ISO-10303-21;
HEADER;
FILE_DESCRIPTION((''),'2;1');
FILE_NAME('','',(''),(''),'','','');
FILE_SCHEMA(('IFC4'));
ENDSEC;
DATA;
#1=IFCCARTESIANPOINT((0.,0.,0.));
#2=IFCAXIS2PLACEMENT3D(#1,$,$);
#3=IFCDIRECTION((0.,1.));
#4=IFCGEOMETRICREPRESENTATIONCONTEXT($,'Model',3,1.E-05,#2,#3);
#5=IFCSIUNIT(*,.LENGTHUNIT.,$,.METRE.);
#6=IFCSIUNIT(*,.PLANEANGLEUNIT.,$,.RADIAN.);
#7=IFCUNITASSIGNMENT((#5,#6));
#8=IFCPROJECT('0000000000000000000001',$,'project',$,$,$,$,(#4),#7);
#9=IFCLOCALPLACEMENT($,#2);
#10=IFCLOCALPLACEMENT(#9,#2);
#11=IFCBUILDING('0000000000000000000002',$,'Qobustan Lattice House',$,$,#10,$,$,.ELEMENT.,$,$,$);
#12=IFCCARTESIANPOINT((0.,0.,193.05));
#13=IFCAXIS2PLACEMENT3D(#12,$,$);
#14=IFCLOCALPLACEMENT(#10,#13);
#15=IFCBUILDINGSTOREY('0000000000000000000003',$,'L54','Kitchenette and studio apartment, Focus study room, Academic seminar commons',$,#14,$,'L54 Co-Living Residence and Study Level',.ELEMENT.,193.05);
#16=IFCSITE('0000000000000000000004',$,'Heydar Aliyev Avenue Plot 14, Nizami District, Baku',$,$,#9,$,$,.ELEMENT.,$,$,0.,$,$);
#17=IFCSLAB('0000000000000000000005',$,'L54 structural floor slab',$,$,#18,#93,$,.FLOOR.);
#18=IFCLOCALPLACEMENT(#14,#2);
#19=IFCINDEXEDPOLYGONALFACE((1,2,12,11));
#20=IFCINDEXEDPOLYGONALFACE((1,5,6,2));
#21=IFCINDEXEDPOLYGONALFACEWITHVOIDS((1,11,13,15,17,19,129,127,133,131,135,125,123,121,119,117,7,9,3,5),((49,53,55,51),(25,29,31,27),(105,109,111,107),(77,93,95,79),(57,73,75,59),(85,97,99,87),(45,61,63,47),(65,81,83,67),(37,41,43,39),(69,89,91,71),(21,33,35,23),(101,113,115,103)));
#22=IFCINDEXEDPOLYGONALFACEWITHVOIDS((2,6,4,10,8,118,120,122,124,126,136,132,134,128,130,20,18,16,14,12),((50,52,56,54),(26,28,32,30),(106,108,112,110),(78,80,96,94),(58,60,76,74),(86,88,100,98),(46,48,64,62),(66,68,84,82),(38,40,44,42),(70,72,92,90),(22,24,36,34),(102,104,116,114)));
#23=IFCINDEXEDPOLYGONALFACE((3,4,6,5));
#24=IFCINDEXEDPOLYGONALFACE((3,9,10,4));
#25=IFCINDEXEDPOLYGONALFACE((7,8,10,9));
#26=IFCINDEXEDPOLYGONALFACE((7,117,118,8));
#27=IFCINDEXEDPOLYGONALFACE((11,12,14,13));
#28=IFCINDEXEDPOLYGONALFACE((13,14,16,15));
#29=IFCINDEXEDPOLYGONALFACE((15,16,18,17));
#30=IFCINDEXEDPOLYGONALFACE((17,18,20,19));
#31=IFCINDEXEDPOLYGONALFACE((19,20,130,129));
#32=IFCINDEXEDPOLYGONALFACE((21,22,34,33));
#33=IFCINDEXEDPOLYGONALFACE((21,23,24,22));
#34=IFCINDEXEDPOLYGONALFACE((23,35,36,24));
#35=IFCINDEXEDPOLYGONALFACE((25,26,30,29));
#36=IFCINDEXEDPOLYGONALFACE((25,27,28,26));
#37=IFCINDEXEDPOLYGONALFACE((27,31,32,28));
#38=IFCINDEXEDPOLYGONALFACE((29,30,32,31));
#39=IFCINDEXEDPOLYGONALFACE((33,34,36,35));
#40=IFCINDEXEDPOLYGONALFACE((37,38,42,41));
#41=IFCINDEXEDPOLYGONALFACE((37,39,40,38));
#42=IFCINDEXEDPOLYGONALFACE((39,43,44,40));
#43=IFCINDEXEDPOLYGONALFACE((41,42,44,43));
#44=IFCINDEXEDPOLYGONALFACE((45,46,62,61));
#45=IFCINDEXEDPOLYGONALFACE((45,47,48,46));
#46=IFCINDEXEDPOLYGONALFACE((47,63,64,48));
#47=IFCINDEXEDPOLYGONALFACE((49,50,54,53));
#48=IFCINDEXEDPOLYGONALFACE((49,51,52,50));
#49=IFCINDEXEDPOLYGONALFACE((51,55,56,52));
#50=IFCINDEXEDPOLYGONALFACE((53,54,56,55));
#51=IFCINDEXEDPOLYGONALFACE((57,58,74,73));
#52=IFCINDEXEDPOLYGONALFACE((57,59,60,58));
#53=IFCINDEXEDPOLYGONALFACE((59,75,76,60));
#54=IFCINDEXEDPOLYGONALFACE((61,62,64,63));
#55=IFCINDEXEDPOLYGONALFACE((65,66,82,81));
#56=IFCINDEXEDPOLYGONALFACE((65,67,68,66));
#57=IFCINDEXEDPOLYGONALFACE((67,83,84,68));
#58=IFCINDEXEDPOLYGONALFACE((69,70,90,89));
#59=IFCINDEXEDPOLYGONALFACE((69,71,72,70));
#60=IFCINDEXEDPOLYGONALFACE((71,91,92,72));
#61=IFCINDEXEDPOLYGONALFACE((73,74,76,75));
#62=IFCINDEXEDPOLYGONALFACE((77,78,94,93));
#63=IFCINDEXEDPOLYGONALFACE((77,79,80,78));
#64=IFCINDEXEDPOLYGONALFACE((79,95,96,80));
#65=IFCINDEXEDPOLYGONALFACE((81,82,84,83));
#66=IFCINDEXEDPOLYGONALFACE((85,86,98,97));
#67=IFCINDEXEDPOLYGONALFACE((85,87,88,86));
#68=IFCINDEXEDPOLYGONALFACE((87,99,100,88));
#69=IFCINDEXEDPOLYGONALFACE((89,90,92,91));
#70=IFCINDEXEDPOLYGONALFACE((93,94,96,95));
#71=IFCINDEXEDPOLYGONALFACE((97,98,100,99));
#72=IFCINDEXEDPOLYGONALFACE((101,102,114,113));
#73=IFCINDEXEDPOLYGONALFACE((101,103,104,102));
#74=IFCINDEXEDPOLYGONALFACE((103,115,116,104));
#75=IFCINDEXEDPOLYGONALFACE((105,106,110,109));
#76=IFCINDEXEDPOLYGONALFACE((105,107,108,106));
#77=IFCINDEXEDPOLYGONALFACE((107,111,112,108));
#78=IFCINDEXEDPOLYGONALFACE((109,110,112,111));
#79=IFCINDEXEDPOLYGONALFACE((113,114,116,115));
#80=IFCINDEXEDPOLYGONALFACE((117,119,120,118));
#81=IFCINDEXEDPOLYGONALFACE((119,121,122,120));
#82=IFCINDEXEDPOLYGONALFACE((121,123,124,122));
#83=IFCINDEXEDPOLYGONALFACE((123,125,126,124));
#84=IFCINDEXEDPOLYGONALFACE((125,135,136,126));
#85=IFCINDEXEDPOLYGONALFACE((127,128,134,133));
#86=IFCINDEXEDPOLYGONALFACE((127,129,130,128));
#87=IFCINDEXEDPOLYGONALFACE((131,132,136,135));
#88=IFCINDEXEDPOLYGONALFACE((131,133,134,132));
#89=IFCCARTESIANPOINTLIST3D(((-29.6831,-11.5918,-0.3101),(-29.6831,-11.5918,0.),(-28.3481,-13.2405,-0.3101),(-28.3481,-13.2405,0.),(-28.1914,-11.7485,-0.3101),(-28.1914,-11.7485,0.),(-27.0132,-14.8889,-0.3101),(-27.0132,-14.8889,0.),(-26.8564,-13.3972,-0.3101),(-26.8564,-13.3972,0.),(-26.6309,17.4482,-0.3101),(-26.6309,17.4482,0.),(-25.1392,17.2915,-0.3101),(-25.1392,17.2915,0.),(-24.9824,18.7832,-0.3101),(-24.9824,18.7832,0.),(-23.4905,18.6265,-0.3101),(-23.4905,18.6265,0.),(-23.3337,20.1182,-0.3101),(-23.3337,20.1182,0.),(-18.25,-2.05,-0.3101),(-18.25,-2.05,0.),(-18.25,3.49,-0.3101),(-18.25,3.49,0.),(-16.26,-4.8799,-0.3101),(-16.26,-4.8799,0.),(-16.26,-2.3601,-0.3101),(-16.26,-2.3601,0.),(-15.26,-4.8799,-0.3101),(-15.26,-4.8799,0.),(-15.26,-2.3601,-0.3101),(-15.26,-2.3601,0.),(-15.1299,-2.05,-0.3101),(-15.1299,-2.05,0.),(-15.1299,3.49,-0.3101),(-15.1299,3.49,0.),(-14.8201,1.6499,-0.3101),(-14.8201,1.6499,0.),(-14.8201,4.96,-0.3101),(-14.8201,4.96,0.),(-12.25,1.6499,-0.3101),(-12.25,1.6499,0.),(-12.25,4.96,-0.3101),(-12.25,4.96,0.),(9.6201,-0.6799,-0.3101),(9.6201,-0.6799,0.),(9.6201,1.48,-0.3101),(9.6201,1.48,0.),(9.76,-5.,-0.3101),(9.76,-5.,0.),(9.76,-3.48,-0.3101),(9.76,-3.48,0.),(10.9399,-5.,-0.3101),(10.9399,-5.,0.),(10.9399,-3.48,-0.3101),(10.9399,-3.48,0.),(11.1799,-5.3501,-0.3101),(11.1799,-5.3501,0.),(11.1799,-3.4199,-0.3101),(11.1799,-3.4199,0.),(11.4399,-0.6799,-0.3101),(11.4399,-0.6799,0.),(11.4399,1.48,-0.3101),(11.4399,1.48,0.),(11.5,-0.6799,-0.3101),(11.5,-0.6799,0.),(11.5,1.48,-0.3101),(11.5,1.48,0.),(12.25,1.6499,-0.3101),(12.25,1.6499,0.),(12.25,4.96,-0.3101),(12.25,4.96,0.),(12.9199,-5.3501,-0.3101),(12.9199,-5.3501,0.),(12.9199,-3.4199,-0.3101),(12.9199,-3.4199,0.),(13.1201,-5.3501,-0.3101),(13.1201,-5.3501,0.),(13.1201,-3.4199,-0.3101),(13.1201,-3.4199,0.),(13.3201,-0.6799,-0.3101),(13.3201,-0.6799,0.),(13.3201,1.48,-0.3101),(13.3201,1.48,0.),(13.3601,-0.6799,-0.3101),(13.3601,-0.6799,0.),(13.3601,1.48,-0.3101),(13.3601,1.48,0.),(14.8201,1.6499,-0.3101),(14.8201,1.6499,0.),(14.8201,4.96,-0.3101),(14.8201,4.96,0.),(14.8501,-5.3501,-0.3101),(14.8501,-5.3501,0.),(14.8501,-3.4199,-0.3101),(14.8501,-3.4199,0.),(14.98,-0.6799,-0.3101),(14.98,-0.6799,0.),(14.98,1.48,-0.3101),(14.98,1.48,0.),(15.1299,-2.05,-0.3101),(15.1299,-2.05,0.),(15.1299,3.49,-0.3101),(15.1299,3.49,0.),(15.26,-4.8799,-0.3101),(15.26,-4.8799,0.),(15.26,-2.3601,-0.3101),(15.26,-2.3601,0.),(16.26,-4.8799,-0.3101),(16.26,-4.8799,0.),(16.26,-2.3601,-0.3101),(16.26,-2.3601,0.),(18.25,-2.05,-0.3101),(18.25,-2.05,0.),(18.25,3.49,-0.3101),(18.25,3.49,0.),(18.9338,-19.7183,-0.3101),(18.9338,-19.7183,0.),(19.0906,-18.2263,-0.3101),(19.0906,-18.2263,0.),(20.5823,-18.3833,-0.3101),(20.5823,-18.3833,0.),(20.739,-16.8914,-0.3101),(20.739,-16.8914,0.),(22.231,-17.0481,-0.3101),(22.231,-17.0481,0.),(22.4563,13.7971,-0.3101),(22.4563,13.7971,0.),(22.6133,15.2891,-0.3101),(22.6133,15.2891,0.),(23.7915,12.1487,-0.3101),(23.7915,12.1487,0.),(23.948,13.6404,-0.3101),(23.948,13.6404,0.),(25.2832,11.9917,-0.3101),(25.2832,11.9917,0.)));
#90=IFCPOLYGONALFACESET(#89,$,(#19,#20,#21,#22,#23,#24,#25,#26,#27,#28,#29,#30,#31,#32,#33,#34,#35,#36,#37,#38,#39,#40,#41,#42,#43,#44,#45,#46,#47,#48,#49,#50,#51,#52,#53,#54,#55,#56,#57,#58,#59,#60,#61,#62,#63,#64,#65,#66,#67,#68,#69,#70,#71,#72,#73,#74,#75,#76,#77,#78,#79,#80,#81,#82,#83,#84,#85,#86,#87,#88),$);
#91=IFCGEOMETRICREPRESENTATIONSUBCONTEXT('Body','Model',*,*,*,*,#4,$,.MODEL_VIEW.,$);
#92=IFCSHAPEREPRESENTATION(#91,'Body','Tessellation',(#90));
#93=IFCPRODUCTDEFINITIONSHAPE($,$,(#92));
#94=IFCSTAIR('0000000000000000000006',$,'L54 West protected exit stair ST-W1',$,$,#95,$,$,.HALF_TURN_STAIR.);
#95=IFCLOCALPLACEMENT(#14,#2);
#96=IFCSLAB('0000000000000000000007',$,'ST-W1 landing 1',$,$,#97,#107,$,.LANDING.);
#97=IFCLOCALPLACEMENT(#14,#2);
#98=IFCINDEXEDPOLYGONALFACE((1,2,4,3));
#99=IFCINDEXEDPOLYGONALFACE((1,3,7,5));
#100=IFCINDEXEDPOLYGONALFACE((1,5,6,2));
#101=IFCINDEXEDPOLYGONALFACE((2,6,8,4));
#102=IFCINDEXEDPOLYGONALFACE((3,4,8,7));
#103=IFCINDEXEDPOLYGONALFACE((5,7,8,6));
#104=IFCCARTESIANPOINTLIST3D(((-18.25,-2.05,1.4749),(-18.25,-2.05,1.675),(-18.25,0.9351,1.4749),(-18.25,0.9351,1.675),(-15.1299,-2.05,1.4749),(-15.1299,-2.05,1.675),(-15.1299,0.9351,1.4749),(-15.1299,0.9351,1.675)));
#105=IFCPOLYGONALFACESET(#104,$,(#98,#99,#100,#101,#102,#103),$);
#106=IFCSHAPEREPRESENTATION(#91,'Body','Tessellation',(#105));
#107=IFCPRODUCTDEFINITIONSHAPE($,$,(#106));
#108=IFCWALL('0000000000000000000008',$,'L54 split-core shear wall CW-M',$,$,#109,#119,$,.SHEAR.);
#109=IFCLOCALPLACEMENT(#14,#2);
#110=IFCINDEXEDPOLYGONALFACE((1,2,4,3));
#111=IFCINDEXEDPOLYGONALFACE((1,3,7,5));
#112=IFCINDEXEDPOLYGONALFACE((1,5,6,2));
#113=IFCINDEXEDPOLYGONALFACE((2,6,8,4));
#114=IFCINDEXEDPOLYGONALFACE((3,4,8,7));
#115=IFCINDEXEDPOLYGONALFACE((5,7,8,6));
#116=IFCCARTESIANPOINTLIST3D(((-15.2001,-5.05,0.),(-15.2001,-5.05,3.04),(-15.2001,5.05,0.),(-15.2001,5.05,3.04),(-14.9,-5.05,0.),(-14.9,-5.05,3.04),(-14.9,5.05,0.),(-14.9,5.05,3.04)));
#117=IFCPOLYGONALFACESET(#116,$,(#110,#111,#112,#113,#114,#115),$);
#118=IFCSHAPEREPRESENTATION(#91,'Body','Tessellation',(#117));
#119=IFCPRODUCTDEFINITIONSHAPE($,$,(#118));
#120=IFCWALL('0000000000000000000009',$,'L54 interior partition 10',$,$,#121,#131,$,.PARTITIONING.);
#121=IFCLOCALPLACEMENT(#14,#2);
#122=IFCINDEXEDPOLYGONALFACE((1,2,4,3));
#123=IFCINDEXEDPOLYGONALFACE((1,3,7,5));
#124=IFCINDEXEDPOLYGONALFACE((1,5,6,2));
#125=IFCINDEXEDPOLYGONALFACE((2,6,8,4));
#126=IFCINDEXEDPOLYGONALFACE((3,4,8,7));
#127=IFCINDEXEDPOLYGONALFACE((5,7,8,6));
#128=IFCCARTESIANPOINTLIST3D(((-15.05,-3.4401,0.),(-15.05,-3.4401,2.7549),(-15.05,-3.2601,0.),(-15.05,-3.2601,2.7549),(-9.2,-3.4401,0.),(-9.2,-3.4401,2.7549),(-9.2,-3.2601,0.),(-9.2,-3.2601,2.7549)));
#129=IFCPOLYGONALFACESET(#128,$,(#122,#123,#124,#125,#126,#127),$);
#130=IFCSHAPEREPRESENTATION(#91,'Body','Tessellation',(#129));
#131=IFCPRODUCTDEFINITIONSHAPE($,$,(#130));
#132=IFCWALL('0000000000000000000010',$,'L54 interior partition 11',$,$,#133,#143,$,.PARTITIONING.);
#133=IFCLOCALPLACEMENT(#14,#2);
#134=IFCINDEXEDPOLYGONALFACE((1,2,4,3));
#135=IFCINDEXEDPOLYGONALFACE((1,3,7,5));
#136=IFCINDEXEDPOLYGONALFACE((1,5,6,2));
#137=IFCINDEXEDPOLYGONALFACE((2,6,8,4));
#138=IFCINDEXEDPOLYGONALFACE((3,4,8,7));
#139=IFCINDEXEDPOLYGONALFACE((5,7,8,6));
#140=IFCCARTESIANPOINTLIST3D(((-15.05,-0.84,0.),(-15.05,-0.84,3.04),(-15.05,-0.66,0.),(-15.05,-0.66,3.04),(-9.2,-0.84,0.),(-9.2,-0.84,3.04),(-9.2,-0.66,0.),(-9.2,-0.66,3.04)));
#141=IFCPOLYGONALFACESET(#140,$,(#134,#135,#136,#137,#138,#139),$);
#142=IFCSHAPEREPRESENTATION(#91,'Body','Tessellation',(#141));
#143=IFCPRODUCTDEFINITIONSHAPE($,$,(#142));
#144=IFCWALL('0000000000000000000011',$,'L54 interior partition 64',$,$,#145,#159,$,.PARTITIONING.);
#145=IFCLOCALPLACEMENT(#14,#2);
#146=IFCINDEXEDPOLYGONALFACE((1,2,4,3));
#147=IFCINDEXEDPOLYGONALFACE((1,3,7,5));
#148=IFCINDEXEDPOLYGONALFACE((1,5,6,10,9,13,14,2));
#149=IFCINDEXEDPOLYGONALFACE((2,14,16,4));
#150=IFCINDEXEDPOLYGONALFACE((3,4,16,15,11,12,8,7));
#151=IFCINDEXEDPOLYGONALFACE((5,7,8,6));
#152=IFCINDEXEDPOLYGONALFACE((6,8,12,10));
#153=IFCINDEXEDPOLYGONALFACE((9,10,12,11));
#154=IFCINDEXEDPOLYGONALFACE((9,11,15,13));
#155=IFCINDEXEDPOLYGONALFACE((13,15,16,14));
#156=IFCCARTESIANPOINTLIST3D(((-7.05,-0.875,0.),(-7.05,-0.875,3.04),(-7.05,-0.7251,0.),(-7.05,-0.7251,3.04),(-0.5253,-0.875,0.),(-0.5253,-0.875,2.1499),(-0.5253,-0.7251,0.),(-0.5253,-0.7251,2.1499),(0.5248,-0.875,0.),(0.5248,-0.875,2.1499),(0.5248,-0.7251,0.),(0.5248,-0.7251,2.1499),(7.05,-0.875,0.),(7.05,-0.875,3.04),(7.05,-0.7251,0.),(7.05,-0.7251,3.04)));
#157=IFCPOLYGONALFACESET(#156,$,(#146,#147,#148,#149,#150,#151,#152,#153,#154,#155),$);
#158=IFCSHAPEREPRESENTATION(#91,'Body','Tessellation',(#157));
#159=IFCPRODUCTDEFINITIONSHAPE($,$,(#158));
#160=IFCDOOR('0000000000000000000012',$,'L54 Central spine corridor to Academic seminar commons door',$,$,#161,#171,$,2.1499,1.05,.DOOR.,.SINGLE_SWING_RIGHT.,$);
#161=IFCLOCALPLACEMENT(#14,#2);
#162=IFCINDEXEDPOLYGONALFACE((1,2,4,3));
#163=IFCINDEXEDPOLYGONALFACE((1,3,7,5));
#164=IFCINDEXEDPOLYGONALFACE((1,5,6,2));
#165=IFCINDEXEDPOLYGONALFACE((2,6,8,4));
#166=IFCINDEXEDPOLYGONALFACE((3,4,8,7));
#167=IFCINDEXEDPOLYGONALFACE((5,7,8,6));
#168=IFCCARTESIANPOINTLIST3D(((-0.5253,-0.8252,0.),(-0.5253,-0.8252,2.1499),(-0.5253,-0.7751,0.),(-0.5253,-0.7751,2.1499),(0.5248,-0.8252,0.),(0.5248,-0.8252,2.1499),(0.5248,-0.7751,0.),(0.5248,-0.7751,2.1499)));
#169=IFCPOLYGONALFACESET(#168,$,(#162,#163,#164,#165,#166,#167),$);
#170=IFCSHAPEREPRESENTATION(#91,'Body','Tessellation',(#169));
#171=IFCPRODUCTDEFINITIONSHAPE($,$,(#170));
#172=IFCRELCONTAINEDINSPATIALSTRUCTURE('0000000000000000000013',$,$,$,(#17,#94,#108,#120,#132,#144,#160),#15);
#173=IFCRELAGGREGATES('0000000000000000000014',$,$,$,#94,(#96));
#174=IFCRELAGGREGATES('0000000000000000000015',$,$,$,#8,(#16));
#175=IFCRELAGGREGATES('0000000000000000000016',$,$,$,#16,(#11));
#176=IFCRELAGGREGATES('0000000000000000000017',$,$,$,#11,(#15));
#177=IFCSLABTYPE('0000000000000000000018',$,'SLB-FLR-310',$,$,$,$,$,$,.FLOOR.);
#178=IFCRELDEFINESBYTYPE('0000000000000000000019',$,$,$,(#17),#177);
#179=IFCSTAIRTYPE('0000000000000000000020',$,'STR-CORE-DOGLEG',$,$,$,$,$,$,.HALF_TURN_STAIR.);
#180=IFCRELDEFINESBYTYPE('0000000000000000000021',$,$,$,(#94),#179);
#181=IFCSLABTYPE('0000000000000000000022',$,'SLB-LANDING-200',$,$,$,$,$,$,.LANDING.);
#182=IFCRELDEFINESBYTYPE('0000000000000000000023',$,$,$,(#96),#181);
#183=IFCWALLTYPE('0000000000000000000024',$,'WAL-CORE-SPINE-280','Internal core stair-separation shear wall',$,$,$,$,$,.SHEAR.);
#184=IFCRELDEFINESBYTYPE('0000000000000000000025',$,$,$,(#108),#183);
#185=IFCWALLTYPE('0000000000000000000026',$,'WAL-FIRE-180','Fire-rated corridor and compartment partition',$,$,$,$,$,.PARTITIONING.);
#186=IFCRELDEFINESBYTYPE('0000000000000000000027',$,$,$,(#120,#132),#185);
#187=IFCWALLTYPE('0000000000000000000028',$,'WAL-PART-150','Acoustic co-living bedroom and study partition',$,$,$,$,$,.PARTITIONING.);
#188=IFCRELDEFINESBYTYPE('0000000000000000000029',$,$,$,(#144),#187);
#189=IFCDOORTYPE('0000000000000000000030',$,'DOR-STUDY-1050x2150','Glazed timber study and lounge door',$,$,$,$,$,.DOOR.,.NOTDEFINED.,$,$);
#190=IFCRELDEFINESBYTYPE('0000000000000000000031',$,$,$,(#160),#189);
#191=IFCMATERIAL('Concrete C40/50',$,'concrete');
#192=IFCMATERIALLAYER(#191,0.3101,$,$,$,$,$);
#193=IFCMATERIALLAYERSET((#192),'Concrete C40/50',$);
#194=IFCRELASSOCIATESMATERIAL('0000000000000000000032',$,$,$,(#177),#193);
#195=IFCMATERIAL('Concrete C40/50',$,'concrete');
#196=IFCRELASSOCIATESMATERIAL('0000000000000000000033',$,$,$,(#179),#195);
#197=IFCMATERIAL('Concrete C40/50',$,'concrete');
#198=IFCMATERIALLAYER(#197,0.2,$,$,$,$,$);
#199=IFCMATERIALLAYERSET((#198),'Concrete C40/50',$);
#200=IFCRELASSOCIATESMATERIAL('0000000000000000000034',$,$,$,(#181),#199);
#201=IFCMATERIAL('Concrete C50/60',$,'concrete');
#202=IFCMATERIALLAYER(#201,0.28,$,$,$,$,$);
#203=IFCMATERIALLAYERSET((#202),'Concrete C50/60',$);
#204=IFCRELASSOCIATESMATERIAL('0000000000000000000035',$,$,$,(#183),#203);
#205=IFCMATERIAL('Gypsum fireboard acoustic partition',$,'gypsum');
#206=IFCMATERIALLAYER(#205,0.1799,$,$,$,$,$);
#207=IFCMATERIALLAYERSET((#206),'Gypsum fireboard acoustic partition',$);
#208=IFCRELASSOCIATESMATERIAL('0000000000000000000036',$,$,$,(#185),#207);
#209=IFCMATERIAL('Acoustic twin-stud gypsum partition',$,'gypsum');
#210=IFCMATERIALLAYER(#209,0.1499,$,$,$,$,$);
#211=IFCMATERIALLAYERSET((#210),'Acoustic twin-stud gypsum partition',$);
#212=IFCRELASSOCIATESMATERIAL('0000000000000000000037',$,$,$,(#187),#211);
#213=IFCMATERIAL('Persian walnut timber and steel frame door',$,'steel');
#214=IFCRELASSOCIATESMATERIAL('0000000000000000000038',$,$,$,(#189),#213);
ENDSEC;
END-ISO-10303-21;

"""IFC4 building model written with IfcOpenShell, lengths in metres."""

from ifc_helpers import new_model, si_unit, direction, frame, frame_2d, origin, place, context, subcontext, project, spatial, polyline, rectangle, outline, extrude, material, layer, layer_set, type_object, element, fill, aggregate, save


model = new_model("IFC4")

# Units and contexts
model_context = context("Model", 3, precision=1e-05, world=origin(), true_north=direction((0.0, 1.0)))
body_context = subcontext(model_context, "Body", "Model", "MODEL_VIEW")
ifc_project = project(units=[si_unit("LENGTHUNIT", "METRE"), si_unit("PLANEANGLEUNIT", "RADIAN")], contexts=[model_context])

# Site, building, storey
site_placement = place(None, origin())
site = spatial("IfcSite", under=ifc_project, at=site_placement, Name="Heydar Aliyev Avenue Plot 14, Nizami District, Baku", CompositionType="ELEMENT", RefElevation=0.0)
building_placement = place(site_placement, origin())
building = spatial("IfcBuilding", under=site, at=building_placement, Name="Qobustan Lattice House", CompositionType="ELEMENT")
storey_placement = place(building_placement, frame((0.0, 0.0, 193.05)))
storey = spatial("IfcBuildingStorey", under=building, at=storey_placement, Name="L54", Description="Kitchenette and studio apartment, Focus study room, Academic seminar commons", LongName="L54 Co-Living Residence and Study Level", CompositionType="ELEMENT", Elevation=193.05)

# Slab
ifc_material_1 = material(Name="Concrete C40/50", Category="concrete")
ifc_layer_1 = layer(ifc_material_1, 0.3101)
ifc_layer_set_1 = layer_set([ifc_layer_1], Name="Concrete C40/50")
slab_type_1 = type_object("IfcSlabType", Name="SLB-FLR-310", PredefinedType="FLOOR", material=ifc_layer_set_1)
slab_1_placement = place(storey_placement, frame((0.0, 0.0, -0.3101)))
element("IfcSlab", 1, at=slab_1_placement, inside=storey, type_object=slab_type_1, Name="L54 structural floor slab", PredefinedType="FLOOR", context=body_context, shape_type="SweptSolid", body=[
    extrude(outline(polyline([(-27.0132, -14.8889), (18.9338, -19.7183), (19.0906, -18.2263), (20.5823, -18.3833), (20.739, -16.8914), (22.231, -17.0481), (25.2832, 11.9917), (23.7915, 12.1487), (23.948, 13.6404), (22.4563, 13.7971), (22.6133, 15.2891), (-23.3337, 20.1182), (-23.4905, 18.6265), (-24.9824, 18.7832), (-25.1392, 17.2915), (-26.6309, 17.4482), (-29.6831, -11.5918), (-28.1914, -11.7485), (-28.3481, -13.2405), (-26.8564, -13.3972), (-27.0132, -14.8889)]), holes=[polyline([(-18.25, -2.05), (-18.25, 3.49), (-15.1299, 3.49), (-15.1299, -2.05), (-18.25, -2.05)]), polyline([(15.1299, -2.05), (15.1299, 3.49), (18.25, 3.49), (18.25, -2.05), (15.1299, -2.05)]), polyline([(-14.8201, 1.6499), (-14.8201, 4.96), (-12.25, 4.96), (-12.25, 1.6499), (-14.8201, 1.6499)]), polyline([(12.25, 1.6499), (12.25, 4.96), (14.8201, 4.96), (14.8201, 1.6499), (12.25, 1.6499)]), polyline([(-16.26, -4.8799), (-16.26, -2.3601), (-15.26, -2.3601), (-15.26, -4.8799), (-16.26, -4.8799)]), polyline([(15.26, -4.8799), (15.26, -2.3601), (16.26, -2.3601), (16.26, -4.8799), (15.26, -4.8799)]), polyline([(11.1799, -5.3501), (11.1799, -3.4199), (12.9199, -3.4199), (12.9199, -5.3501), (11.1799, -5.3501)]), polyline([(13.1201, -5.3501), (13.1201, -3.4199), (14.8501, -3.4199), (14.8501, -5.3501), (13.1201, -5.3501)]), polyline([(9.76, -5.0), (9.76, -3.48), (10.9399, -3.48), (10.9399, -5.0), (9.76, -5.0)]), polyline([(13.3601, -0.6799), (13.3601, 1.48), (14.98, 1.48), (14.98, -0.6799), (13.3601, -0.6799)]), polyline([(9.6201, -0.6799), (9.6201, 1.48), (11.4399, 1.48), (11.4399, -0.6799), (9.6201, -0.6799)]), polyline([(11.5, -0.6799), (11.5, 1.48), (13.3201, 1.48), (13.3201, -0.6799), (11.5, -0.6799)])]), origin(), (0.0, 0.0, 1.0), 0.3101),
])

# Stair, slab
ifc_material_2 = material(Name="Concrete C40/50", Category="concrete")
stair_type = type_object("IfcStairType", Name="STR-CORE-DOGLEG", PredefinedType="HALF_TURN_STAIR", material=ifc_material_2)
stair_placement = place(storey_placement, origin())
stair = element("IfcStair", 2, at=stair_placement, inside=storey, type_object=stair_type, Name="L54 West protected exit stair ST-W1", PredefinedType="HALF_TURN_STAIR")
ifc_material_3 = material(Name="Concrete C40/50", Category="concrete")
ifc_layer_2 = layer(ifc_material_3, 0.2)
ifc_layer_set_2 = layer_set([ifc_layer_2], Name="Concrete C40/50")
slab_type_2 = type_object("IfcSlabType", Name="SLB-LANDING-200", PredefinedType="LANDING", material=ifc_layer_set_2)
slab_2_placement = place(storey_placement, frame((0.0, 0.0, 1.4749)))
slab_2 = element("IfcSlab", 3, at=slab_2_placement, type_object=slab_type_2, Name="ST-W1 landing 1", PredefinedType="LANDING", context=body_context, shape_type="SweptSolid", body=[
    extrude(outline(polyline([(-18.25, 0.9351), (-18.25, -2.05), (-15.1299, -2.05), (-15.1299, 0.9351), (-18.25, 0.9351)])), origin(), (0.0, 0.0, 1.0), 0.2002),
])
aggregate(stair, [slab_2])

# Walls
ifc_material_4 = material(Name="Concrete C50/60", Category="concrete")
ifc_layer_3 = layer(ifc_material_4, 0.28)
ifc_layer_set_3 = layer_set([ifc_layer_3], Name="Concrete C50/60")
wall_type_1 = type_object("IfcWallType", Name="WAL-CORE-SPINE-280", Description="Internal core stair-separation shear wall", PredefinedType="SHEAR", material=ifc_layer_set_3)
wall_1_placement = place(storey_placement, frame((-15.05, -5.05, 0.0), z_axis=(0.0, 0.0, 1.0), x_axis=(0.0, 1.0, 0.0)))
element("IfcWall", 4, at=wall_1_placement, inside=storey, type_object=wall_type_1, Name="L54 split-core shear wall CW-M", PredefinedType="SHEAR", context=body_context, shape_type="SweptSolid", body=[
    extrude(rectangle(XDim=10.1001, YDim=0.3, at=frame_2d((5.05, 0.0))), origin(), (0.0, 0.0, 1.0), 3.04),
])
ifc_material_5 = material(Name="Gypsum fireboard acoustic partition", Category="gypsum")
ifc_layer_4 = layer(ifc_material_5, 0.1799)
ifc_layer_set_4 = layer_set([ifc_layer_4], Name="Gypsum fireboard acoustic partition")
wall_type_2 = type_object("IfcWallType", Name="WAL-FIRE-180", Description="Fire-rated corridor and compartment partition", PredefinedType="PARTITIONING", material=ifc_layer_set_4)
wall_2_placement = place(storey_placement, frame((-15.05, -3.3501, 0.0), z_axis=(0.0, 0.0, 1.0), x_axis=(1.0, 0.0, 0.0)))
element("IfcWall", 5, at=wall_2_placement, inside=storey, type_object=wall_type_2, Name="L54 interior partition 10", PredefinedType="PARTITIONING", context=body_context, shape_type="SweptSolid", body=[
    extrude(rectangle(XDim=5.8501, YDim=0.1799, at=frame_2d((2.925, 0.0))), origin(), (0.0, 0.0, 1.0), 2.7549),
])
wall_3_placement = place(storey_placement, frame((-9.2, -0.75, 0.0), z_axis=(0.0, 0.0, 1.0), x_axis=(-1.0, 0.0, 0.0)))
element("IfcWall", 6, at=wall_3_placement, inside=storey, type_object=wall_type_2, Name="L54 interior partition 11", PredefinedType="PARTITIONING", context=body_context, shape_type="SweptSolid", body=[
    extrude(rectangle(XDim=5.8501, YDim=0.1799, at=frame_2d((2.925, 0.0))), origin(), (0.0, 0.0, 1.0), 3.04),
])

# Wall, opening, door
ifc_material_6 = material(Name="Acoustic twin-stud gypsum partition", Category="gypsum")
ifc_layer_5 = layer(ifc_material_6, 0.1499)
ifc_layer_set_5 = layer_set([ifc_layer_5], Name="Acoustic twin-stud gypsum partition")
wall_type_3 = type_object("IfcWallType", Name="WAL-PART-150", Description="Acoustic co-living bedroom and study partition", PredefinedType="PARTITIONING", material=ifc_layer_set_5)
wall_4_placement = place(storey_placement, frame((-7.05, -0.8, 0.0), z_axis=(0.0, 0.0, 1.0), x_axis=(1.0, 0.0, 0.0)))
wall_4 = element("IfcWall", 7, at=wall_4_placement, inside=storey, type_object=wall_type_3, Name="L54 interior partition 64", PredefinedType="PARTITIONING", context=body_context, shape_type="SweptSolid", body=[
    extrude(rectangle(XDim=14.1001, YDim=0.1499, at=frame_2d((7.05, 0.0))), origin(), (0.0, 0.0, 1.0), 3.04),
])
opening_1_placement = place(wall_4_placement, frame((6.5249, 0.0, 0.0)))
opening_1 = element("IfcOpeningElement", 8, at=opening_1_placement, cuts=wall_4, PredefinedType="OPENING", context=body_context, shape_type="SweptSolid", body=[
    extrude(rectangle(XDim=1.05, YDim=2.1499, at=frame_2d((0.5249, 1.075))), frame((0.0, 0.085, 0.0), z_axis=(0.0, -1.0, 0.0), x_axis=(1.0, 0.0, 0.0)), (0.0, 0.0, 1.0), 0.1699),
])
ifc_material_7 = material(Name="Persian walnut timber and steel frame door", Category="steel")
door_type_1 = type_object("IfcDoorType", Name="DOR-STUDY-1050x2150", Description="Glazed timber study and lounge door", OperationType="NOTDEFINED", PredefinedType="DOOR", material=ifc_material_7)
door_1_placement = place(opening_1_placement, origin())
door_1 = element("IfcDoor", 9, at=door_1_placement, inside=storey, type_object=door_type_1, Name="L54 Central spine corridor to Academic seminar commons door", OperationType="SINGLE_SWING_RIGHT", OverallHeight=2.1499, OverallWidth=1.05, PredefinedType="DOOR", context=body_context, shape_type="SweptSolid", body=[
    extrude(rectangle(XDim=1.05, YDim=2.1499, at=frame_2d((0.5249, 1.075))), frame((0.0, 0.0249, 0.0), z_axis=(0.0, -1.0, 0.0), x_axis=(1.0, 0.0, 0.0)), (0.0, 0.0, 1.0), 0.05),
])
fill(opening_1, door_1)

save(model, "model.ifc")
